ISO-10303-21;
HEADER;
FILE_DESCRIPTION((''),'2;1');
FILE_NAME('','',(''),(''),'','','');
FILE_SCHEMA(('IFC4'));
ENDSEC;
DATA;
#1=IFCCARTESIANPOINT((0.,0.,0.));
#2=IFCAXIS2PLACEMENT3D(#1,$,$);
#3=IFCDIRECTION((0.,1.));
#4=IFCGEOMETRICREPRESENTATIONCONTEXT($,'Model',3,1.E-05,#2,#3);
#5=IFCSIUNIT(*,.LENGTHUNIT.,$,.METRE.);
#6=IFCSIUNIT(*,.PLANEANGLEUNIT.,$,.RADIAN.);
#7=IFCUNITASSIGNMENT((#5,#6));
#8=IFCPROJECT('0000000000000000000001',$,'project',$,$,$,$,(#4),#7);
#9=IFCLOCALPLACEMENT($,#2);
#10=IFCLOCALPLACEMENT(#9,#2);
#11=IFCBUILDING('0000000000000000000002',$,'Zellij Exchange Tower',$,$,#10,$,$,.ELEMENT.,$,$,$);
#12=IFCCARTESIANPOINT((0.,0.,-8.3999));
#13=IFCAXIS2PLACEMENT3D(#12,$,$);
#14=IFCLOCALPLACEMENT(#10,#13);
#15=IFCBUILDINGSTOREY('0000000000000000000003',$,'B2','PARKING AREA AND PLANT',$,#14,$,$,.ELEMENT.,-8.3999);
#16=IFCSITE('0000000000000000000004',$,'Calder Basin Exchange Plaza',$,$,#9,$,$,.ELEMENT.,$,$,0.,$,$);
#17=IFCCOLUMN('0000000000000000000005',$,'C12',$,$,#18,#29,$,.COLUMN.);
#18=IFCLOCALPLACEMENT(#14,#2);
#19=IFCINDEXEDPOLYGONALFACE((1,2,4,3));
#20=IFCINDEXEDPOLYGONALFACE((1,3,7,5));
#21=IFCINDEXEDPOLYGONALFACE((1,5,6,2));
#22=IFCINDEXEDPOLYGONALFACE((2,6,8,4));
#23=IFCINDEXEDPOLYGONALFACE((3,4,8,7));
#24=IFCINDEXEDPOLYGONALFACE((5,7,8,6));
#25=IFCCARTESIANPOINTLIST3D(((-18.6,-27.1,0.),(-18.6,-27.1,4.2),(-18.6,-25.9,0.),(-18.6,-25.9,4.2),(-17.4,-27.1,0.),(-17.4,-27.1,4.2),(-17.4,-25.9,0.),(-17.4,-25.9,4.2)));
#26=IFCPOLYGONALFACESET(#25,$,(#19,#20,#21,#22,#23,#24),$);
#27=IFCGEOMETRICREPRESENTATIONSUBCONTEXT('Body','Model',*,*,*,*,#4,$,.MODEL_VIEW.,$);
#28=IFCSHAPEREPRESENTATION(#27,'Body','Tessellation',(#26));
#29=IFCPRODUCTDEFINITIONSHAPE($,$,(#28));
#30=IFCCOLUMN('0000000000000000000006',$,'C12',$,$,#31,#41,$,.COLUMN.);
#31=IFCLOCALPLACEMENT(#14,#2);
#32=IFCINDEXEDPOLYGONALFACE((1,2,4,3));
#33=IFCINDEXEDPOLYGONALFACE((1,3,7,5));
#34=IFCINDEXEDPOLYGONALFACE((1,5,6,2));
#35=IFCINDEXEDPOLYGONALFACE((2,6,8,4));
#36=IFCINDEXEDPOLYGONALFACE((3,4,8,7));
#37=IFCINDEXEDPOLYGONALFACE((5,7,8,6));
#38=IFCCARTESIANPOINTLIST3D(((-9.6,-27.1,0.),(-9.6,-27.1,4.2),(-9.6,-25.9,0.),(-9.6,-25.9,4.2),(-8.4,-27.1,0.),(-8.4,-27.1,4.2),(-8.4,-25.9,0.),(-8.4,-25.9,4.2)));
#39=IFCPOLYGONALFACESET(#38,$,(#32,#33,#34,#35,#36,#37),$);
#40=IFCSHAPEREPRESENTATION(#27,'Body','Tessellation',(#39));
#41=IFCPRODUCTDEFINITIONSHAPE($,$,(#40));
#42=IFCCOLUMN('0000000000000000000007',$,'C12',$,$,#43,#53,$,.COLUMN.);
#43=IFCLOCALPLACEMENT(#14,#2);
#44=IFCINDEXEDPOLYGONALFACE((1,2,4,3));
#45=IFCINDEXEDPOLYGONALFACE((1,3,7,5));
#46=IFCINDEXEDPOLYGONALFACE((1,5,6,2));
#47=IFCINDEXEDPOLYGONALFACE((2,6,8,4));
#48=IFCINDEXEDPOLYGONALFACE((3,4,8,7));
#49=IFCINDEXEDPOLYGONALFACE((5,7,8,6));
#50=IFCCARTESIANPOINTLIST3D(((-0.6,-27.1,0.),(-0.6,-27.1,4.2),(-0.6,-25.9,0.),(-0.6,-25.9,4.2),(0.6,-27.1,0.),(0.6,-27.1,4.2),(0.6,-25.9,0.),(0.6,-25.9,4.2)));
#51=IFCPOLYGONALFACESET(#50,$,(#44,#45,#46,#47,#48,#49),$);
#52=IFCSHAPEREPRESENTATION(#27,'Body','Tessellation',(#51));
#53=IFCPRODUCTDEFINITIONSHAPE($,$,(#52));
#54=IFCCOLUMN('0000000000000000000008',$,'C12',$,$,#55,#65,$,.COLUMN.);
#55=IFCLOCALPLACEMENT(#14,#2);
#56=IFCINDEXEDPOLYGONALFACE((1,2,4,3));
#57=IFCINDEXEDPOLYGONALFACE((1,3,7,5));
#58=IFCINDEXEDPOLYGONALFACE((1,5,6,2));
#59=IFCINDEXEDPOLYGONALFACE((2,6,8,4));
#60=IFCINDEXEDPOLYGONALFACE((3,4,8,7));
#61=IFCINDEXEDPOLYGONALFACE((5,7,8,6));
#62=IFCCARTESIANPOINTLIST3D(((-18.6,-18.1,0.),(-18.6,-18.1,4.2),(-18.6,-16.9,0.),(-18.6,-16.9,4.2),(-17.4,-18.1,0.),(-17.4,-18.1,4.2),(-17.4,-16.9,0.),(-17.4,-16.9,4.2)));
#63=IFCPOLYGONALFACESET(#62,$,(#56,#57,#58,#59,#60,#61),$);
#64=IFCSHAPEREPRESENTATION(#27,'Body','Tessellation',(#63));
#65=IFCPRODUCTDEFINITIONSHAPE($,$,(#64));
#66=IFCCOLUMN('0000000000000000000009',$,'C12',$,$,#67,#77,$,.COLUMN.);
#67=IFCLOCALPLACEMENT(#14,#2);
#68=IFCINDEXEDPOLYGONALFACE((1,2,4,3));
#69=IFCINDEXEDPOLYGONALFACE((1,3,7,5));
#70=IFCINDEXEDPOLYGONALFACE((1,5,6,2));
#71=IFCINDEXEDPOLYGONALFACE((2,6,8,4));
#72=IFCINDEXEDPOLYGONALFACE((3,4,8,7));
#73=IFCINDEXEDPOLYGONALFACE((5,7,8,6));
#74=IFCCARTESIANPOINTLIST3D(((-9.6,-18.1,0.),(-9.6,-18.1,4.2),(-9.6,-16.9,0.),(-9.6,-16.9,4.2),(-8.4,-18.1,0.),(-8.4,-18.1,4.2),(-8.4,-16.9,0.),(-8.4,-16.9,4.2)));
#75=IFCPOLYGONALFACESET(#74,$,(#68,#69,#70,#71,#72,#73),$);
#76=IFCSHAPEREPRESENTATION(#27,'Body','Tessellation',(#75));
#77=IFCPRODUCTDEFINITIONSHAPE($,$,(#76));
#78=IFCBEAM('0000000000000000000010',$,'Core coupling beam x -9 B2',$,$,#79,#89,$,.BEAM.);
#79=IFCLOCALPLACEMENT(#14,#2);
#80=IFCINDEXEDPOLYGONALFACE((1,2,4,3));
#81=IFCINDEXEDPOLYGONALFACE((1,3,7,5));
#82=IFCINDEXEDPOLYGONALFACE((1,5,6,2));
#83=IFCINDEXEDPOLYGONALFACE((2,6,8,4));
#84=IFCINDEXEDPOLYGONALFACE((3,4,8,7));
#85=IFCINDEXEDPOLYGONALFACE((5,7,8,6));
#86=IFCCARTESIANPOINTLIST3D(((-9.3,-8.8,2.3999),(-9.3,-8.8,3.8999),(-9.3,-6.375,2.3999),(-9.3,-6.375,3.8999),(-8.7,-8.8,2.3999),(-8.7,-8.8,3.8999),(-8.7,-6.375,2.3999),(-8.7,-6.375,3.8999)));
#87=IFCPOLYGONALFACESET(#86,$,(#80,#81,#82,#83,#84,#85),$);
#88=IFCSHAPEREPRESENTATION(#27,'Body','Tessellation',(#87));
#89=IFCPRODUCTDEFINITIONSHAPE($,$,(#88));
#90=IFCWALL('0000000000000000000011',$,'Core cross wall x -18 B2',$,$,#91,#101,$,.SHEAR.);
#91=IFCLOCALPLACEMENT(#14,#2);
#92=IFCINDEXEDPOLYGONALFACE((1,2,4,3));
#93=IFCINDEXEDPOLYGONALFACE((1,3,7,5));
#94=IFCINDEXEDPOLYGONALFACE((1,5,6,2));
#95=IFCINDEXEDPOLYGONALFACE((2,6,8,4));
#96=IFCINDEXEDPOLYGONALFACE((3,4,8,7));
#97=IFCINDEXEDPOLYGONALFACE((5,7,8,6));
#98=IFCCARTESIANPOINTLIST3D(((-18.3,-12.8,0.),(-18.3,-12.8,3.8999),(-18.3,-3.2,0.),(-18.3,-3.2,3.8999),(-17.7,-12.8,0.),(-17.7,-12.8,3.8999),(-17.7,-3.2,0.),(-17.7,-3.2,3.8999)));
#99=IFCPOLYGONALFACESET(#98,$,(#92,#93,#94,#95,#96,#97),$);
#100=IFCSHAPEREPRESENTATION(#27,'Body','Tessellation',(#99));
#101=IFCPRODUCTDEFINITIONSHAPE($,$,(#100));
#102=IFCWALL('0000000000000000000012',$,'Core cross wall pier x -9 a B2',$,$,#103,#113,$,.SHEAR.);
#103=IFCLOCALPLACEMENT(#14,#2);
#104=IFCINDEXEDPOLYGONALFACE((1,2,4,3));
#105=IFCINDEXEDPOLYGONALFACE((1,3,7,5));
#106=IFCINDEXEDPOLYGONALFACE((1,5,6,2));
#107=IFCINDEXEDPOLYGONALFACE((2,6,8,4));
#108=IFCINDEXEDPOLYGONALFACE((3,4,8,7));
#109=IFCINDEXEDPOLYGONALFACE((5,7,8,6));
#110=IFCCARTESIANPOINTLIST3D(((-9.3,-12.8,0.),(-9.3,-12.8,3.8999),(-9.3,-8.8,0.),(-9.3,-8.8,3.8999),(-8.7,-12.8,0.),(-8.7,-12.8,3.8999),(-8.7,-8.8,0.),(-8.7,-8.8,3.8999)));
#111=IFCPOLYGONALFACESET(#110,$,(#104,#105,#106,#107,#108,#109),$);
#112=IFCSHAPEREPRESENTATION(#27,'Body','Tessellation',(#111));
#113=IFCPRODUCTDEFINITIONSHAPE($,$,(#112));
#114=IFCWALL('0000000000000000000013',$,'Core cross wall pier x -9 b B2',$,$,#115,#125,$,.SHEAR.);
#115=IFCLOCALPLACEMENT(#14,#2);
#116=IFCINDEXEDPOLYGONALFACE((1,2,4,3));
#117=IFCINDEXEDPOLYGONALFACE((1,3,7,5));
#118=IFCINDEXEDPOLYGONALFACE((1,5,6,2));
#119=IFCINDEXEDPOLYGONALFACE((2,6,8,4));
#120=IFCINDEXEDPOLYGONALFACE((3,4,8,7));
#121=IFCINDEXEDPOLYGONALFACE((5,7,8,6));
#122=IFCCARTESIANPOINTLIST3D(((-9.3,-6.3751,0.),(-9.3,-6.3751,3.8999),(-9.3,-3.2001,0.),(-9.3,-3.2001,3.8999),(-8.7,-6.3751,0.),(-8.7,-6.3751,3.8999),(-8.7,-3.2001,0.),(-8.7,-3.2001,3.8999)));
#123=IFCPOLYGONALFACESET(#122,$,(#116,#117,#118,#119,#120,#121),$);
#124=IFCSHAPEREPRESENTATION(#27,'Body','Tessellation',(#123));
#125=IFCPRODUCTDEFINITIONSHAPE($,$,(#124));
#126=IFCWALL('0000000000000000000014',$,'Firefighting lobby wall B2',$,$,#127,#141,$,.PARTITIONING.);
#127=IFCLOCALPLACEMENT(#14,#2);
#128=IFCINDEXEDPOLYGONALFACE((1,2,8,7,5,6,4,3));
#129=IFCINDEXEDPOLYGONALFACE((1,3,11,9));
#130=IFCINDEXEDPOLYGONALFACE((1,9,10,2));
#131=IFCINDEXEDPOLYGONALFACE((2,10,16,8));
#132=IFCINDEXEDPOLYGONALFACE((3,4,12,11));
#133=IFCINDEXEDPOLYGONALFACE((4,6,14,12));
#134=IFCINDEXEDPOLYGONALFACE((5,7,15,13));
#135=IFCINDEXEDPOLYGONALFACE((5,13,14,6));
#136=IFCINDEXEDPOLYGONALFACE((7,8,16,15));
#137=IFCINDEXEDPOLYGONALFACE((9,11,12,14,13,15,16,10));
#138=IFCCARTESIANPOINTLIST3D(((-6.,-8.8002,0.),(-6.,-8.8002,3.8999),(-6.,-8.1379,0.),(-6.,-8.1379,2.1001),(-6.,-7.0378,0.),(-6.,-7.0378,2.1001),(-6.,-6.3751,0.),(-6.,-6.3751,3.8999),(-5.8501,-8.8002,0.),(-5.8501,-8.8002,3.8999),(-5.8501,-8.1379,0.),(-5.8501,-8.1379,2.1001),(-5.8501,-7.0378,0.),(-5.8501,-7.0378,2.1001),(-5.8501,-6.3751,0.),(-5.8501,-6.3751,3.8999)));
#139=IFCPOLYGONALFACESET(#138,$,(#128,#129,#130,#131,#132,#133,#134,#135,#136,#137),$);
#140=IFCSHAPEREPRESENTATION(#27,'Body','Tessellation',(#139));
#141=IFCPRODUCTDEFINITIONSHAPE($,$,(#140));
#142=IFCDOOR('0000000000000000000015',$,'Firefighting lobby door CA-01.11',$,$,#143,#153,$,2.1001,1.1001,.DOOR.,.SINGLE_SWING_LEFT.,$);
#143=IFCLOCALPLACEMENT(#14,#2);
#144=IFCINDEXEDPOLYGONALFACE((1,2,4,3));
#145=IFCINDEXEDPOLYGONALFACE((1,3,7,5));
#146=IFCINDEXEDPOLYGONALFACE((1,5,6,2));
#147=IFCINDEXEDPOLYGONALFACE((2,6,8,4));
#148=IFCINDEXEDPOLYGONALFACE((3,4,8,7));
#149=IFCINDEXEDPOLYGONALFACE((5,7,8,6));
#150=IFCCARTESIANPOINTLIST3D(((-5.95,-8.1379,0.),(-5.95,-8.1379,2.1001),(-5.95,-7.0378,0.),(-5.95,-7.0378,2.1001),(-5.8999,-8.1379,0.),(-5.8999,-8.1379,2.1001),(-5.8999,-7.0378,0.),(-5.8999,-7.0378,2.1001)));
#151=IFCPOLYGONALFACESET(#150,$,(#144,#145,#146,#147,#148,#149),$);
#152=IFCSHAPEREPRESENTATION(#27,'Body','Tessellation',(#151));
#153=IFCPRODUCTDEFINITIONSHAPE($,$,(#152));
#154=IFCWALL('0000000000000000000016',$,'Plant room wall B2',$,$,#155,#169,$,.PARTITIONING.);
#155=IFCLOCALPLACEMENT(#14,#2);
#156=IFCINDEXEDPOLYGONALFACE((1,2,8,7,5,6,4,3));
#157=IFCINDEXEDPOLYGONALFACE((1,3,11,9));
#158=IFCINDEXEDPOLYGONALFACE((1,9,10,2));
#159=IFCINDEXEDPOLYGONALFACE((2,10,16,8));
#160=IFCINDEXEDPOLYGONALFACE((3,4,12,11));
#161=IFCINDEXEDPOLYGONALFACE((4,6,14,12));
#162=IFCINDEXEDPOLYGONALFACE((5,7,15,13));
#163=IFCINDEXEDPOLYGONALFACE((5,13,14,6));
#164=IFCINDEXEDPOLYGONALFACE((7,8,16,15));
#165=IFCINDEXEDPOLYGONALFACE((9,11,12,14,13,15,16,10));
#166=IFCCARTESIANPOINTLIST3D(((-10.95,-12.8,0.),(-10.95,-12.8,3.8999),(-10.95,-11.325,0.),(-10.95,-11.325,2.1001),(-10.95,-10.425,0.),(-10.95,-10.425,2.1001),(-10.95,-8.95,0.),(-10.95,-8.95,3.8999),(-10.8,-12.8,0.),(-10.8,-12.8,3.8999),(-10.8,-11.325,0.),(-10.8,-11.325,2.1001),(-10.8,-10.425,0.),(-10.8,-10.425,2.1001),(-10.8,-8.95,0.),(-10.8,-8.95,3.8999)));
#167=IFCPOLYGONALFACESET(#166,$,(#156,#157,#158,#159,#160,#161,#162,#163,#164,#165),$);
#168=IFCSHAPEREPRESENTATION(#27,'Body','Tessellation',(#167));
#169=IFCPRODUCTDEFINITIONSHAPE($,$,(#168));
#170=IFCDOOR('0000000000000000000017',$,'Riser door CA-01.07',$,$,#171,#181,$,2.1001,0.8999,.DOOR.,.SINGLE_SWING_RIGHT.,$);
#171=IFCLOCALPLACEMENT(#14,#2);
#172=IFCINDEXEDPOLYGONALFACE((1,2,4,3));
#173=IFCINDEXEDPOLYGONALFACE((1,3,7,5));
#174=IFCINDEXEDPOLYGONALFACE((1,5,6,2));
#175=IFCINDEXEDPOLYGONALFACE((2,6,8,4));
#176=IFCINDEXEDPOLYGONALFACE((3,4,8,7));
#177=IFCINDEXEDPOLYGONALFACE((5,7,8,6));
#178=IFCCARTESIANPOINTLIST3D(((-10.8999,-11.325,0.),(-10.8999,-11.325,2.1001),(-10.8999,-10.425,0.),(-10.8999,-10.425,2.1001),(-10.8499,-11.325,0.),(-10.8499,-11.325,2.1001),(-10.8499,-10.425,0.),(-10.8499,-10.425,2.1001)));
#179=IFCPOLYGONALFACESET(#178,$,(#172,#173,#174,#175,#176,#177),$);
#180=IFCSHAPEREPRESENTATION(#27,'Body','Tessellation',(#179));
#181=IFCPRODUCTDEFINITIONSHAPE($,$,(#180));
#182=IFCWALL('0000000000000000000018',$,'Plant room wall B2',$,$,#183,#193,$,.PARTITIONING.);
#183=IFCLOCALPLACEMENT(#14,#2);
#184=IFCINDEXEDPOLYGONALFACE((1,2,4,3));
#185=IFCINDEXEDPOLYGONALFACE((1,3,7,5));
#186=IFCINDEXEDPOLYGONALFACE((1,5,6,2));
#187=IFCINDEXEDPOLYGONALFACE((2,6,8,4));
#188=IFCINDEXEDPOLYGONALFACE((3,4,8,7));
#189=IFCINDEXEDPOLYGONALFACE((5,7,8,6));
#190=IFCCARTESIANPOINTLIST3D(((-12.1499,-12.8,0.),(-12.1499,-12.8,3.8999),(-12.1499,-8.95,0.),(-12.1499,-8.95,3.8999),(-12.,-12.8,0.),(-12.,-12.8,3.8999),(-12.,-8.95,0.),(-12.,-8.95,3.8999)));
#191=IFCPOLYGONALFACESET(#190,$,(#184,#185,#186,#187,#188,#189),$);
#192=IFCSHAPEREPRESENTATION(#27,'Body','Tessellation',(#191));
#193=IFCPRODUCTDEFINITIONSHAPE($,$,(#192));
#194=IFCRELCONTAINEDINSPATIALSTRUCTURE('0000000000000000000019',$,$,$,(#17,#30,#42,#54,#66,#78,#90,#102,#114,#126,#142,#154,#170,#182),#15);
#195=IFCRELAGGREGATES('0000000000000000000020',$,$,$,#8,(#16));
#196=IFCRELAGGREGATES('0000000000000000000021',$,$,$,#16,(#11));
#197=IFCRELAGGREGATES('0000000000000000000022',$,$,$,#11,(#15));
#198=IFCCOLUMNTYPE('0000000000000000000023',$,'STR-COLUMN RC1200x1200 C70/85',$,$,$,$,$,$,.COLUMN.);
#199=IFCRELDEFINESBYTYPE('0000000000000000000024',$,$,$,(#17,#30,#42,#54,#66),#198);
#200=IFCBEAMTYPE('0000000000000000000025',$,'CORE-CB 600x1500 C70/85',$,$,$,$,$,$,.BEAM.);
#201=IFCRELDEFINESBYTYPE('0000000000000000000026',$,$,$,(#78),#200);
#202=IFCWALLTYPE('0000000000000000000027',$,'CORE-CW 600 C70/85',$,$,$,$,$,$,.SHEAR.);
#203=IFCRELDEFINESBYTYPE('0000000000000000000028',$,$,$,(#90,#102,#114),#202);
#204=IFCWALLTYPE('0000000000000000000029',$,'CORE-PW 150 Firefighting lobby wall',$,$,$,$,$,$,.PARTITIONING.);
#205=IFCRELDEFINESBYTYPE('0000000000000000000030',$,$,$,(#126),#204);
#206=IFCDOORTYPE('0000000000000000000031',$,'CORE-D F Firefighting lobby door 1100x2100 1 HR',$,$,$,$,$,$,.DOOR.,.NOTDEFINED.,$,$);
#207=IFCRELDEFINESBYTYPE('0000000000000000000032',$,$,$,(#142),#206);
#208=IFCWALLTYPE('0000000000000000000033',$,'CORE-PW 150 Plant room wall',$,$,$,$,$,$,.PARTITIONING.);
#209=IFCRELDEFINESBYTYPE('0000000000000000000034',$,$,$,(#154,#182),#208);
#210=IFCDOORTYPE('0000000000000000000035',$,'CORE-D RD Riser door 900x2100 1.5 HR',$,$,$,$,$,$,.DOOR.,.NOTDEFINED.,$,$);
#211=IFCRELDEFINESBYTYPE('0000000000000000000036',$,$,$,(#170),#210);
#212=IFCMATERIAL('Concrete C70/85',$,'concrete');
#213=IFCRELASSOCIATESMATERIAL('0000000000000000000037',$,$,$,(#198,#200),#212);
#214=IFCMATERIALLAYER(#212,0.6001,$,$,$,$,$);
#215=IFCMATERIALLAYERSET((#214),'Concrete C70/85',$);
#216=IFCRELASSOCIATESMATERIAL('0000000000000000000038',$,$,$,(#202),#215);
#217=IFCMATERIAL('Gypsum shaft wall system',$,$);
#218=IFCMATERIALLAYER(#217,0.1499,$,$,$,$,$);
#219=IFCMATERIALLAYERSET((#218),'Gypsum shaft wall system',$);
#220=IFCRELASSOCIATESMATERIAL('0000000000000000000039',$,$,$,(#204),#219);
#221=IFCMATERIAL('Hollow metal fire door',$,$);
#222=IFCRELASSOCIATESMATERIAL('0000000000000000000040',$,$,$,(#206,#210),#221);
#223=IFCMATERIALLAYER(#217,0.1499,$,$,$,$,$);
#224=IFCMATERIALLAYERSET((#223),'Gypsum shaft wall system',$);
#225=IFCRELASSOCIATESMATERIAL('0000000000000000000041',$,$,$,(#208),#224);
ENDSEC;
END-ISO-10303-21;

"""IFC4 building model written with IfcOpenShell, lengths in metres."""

from ifc_helpers import new_model, si_unit, direction, frame, frame_2d, origin, origin_2d, place, context, subcontext, project, spatial, rectangle, extrude, material, layer, layer_set, material_profile, profile_set, type_object, element, fill, save


model = new_model("IFC4")

# Units and contexts
model_context = context("Model", 3, precision=1e-05, world=origin(), true_north=direction((0.0, 1.0)))
body_context = subcontext(model_context, "Body", "Model", "MODEL_VIEW")
ifc_project = project(units=[si_unit("LENGTHUNIT", "METRE"), si_unit("PLANEANGLEUNIT", "RADIAN")], contexts=[model_context])

# Site, building, storey
site_placement = place(None, origin())
site = spatial("IfcSite", under=ifc_project, at=site_placement, Name="Calder Basin Exchange Plaza", CompositionType="ELEMENT", RefElevation=0.0)
building_placement = place(site_placement, origin())
building = spatial("IfcBuilding", under=site, at=building_placement, Name="Zellij Exchange Tower", CompositionType="ELEMENT")
storey_placement = place(building_placement, frame((0.0, 0.0, -8.3999)))
storey = spatial("IfcBuildingStorey", under=building, at=storey_placement, Name="B2", Description="PARKING AREA AND PLANT", CompositionType="ELEMENT", Elevation=-8.3999)

# Columns
ifc_material_1 = material(Name="Concrete C70/85", Category="concrete")
ifc_material_profile_1 = material_profile(ifc_material_1, rectangle(XDim=1.2, YDim=1.2, at=origin_2d()), Name="STR-COLUMN RC1200x1200 C70/85")
ifc_profile_set_1 = profile_set([ifc_material_profile_1], Name="Concrete C70/85")
column_type = type_object("IfcColumnType", Name="STR-COLUMN RC1200x1200 C70/85", PredefinedType="COLUMN", material=ifc_profile_set_1)
for number, where, z_axis, x_axis, name in (
    (1, (-18.0, -26.5, 0.0), (0.0, 0.0, 1.0), (1.0, 0.0, 0.0), "C12"),
    (2, (-9.0, -26.5, 0.0), (0.0, 0.0, 1.0), (1.0, 0.0, 0.0), "C12"),
    (3, (0.0, -26.5, 0.0), (0.0, 0.0, 1.0), (1.0, 0.0, 0.0), "C12"),
    (4, (-18.0, -17.5, 0.0), (0.0, 0.0, 1.0), (1.0, 0.0, 0.0), "C12"),
    (5, (-9.0, -17.5, 0.0), (0.0, 0.0, 1.0), (1.0, 0.0, 0.0), "C12"),
):
    element("IfcColumn", number, at=place(storey_placement, frame(where, z_axis=z_axis, x_axis=x_axis)), inside=storey, type_object=column_type, Name=name, PredefinedType="COLUMN", context=body_context, shape_type="SweptSolid", body=[
        extrude(rectangle(XDim=1.2, YDim=1.2, at=origin_2d()), origin(), (0.0, 0.0, 1.0), 4.2),
    ])

# Beam
ifc_material_profile_2 = material_profile(ifc_material_1, rectangle(XDim=0.6001, YDim=1.5, at=origin_2d()), Name="CORE-CB 600x1500 C70/85")
ifc_profile_set_2 = profile_set([ifc_material_profile_2], Name="Concrete C70/85")
beam_type = type_object("IfcBeamType", Name="CORE-CB 600x1500 C70/85", PredefinedType="BEAM", material=ifc_profile_set_2)
beam_placement = place(storey_placement, frame((-9.0, -8.8, 3.1499), z_axis=(0.0, 1.0, 0.0), x_axis=(-1.0, 0.0, 0.0)))
element("IfcBeam", 6, at=beam_placement, inside=storey, type_object=beam_type, Name="Core coupling beam x -9 B2", PredefinedType="BEAM", context=body_context, shape_type="SweptSolid", body=[
    extrude(rectangle(XDim=0.6001, YDim=1.5, at=origin_2d()), origin(), (0.0, 0.0, 1.0), 2.425),
])

# Walls
ifc_layer_1 = layer(ifc_material_1, 0.6001)
ifc_layer_set_1 = layer_set([ifc_layer_1], Name="Concrete C70/85")
wall_type_1 = type_object("IfcWallType", Name="CORE-CW 600 C70/85", PredefinedType="SHEAR", material=ifc_layer_set_1)
wall_1_placement = place(storey_placement, frame((-18.0, -12.8, 0.0), z_axis=(0.0, 0.0, 1.0), x_axis=(0.0, 1.0, 0.0)))
element("IfcWall", 7, at=wall_1_placement, inside=storey, type_object=wall_type_1, Name="Core cross wall x -18 B2", PredefinedType="SHEAR", context=body_context, shape_type="SweptSolid", body=[
    extrude(rectangle(XDim=9.6001, YDim=0.6001, at=frame_2d((4.8, 0.0))), origin(), (0.0, 0.0, 1.0), 3.8999),
])
wall_2_placement = place(storey_placement, frame((-9.0, -12.8, 0.0), z_axis=(0.0, 0.0, 1.0), x_axis=(0.0, 1.0, 0.0)))
element("IfcWall", 8, at=wall_2_placement, inside=storey, type_object=wall_type_1, Name="Core cross wall pier x -9 a B2", PredefinedType="SHEAR", context=body_context, shape_type="SweptSolid", body=[
    extrude(rectangle(XDim=4.0, YDim=0.6001, at=frame_2d((2.0, 0.0))), origin(), (0.0, 0.0, 1.0), 3.8999),
])
wall_3_placement = place(storey_placement, frame((-9.0, -6.375, 0.0), z_axis=(0.0, 0.0, 1.0), x_axis=(0.0, 1.0, 0.0)))
element("IfcWall", 9, at=wall_3_placement, inside=storey, type_object=wall_type_1, Name="Core cross wall pier x -9 b B2", PredefinedType="SHEAR", context=body_context, shape_type="SweptSolid", body=[
    extrude(rectangle(XDim=3.175, YDim=0.6001, at=frame_2d((1.5874, 0.0))), origin(), (0.0, 0.0, 1.0), 3.8999),
])

# Walls, openings, doors
ifc_material_2 = material(Name="Gypsum shaft wall system")
ifc_layer_2 = layer(ifc_material_2, 0.1499)
ifc_layer_set_2 = layer_set([ifc_layer_2], Name="Gypsum shaft wall system")
wall_type_2 = type_object("IfcWallType", Name="CORE-PW 150 Firefighting lobby wall", PredefinedType="PARTITIONING", material=ifc_layer_set_2)
wall_4_placement = place(storey_placement, frame((-5.925, -8.8, 0.0), z_axis=(0.0, 0.0, 1.0), x_axis=(0.0, 1.0, 0.0)))
wall_4 = element("IfcWall", 10, at=wall_4_placement, inside=storey, type_object=wall_type_2, Name="Firefighting lobby wall B2", PredefinedType="PARTITIONING", context=body_context, shape_type="SweptSolid", body=[
    extrude(rectangle(XDim=2.425, YDim=0.1499, at=frame_2d((1.2124, 0.0))), origin(), (0.0, 0.0, 1.0), 3.8999),
])
opening_1_placement = place(wall_4_placement, frame((0.6621, 0.0, 0.0)))
opening_1 = element("IfcOpeningElement", 11, at=opening_1_placement, cuts=wall_4, PredefinedType="OPENING", context=body_context, shape_type="SweptSolid", body=[
    extrude(rectangle(XDim=1.1001, YDim=2.1001, at=frame_2d((0.55, 1.05))), frame((0.0, 0.0869, 0.0), z_axis=(0.0, -1.0, 0.0), x_axis=(1.0, 0.0, 0.0)), (0.0, 0.0, 1.0), 0.1738),
])
ifc_material_3 = material(Name="Hollow metal fire door")
door_type_1 = type_object("IfcDoorType", Name="CORE-D F Firefighting lobby door 1100x2100 1 HR", OperationType="NOTDEFINED", PredefinedType="DOOR", material=ifc_material_3)
door_1_placement = place(opening_1_placement, origin())
door_1 = element("IfcDoor", 12, at=door_1_placement, inside=storey, type_object=door_type_1, Name="Firefighting lobby door CA-01.11", OperationType="SINGLE_SWING_LEFT", OverallHeight=2.1001, OverallWidth=1.1001, PredefinedType="DOOR", context=body_context, shape_type="SweptSolid", body=[
    extrude(rectangle(XDim=1.1001, YDim=2.1001, at=frame_2d((0.55, 1.05))), frame((0.0, 0.0249, 0.0), z_axis=(0.0, -1.0, 0.0), x_axis=(1.0, 0.0, 0.0)), (0.0, 0.0, 1.0), 0.05),
])
fill(opening_1, door_1)
ifc_layer_3 = layer(ifc_material_2, 0.1499)
ifc_layer_set_3 = layer_set([ifc_layer_3], Name="Gypsum shaft wall system")
wall_type_3 = type_object("IfcWallType", Name="CORE-PW 150 Plant room wall", PredefinedType="PARTITIONING", material=ifc_layer_set_3)
wall_5_placement = place(storey_placement, frame((-10.875, -12.8, 0.0), z_axis=(0.0, 0.0, 1.0), x_axis=(0.0, 1.0, 0.0)))
wall_5 = element("IfcWall", 13, at=wall_5_placement, inside=storey, type_object=wall_type_3, Name="Plant room wall B2", PredefinedType="PARTITIONING", context=body_context, shape_type="SweptSolid", body=[
    extrude(rectangle(XDim=3.8501, YDim=0.1499, at=frame_2d((1.925, 0.0))), origin(), (0.0, 0.0, 1.0), 3.8999),
])
opening_2_placement = place(wall_5_placement, frame((1.4751, 0.0, 0.0)))
opening_2 = element("IfcOpeningElement", 14, at=opening_2_placement, cuts=wall_5, PredefinedType="OPENING", context=body_context, shape_type="SweptSolid", body=[
    extrude(rectangle(XDim=0.8999, YDim=2.1001, at=frame_2d((0.45, 1.05))), frame((0.0, 0.0869, 0.0), z_axis=(0.0, -1.0, 0.0), x_axis=(1.0, 0.0, 0.0)), (0.0, 0.0, 1.0), 0.1738),
])
door_type_2 = type_object("IfcDoorType", Name="CORE-D RD Riser door 900x2100 1.5 HR", OperationType="NOTDEFINED", PredefinedType="DOOR", material=ifc_material_3)
door_2_placement = place(opening_2_placement, origin())
door_2 = element("IfcDoor", 15, at=door_2_placement, inside=storey, type_object=door_type_2, Name="Riser door CA-01.07", OperationType="SINGLE_SWING_RIGHT", OverallHeight=2.1001, OverallWidth=0.8999, PredefinedType="DOOR", context=body_context, shape_type="SweptSolid", body=[
    extrude(rectangle(XDim=0.8999, YDim=2.1001, at=frame_2d((0.45, 1.05))), frame((0.0, 0.0249, 0.0), z_axis=(0.0, -1.0, 0.0), x_axis=(1.0, 0.0, 0.0)), (0.0, 0.0, 1.0), 0.05),
])
fill(opening_2, door_2)

# Wall
wall_6_placement = place(storey_placement, frame((-12.075, -12.8, 0.0), z_axis=(0.0, 0.0, 1.0), x_axis=(0.0, 1.0, 0.0)))
element("IfcWall", 16, at=wall_6_placement, inside=storey, type_object=wall_type_3, Name="Plant room wall B2", PredefinedType="PARTITIONING", context=body_context, shape_type="SweptSolid", body=[
    extrude(rectangle(XDim=3.8501, YDim=0.1499, at=frame_2d((1.925, 0.0))), origin(), (0.0, 0.0, 1.0), 3.8999),
])

save(model, "model.ifc")
